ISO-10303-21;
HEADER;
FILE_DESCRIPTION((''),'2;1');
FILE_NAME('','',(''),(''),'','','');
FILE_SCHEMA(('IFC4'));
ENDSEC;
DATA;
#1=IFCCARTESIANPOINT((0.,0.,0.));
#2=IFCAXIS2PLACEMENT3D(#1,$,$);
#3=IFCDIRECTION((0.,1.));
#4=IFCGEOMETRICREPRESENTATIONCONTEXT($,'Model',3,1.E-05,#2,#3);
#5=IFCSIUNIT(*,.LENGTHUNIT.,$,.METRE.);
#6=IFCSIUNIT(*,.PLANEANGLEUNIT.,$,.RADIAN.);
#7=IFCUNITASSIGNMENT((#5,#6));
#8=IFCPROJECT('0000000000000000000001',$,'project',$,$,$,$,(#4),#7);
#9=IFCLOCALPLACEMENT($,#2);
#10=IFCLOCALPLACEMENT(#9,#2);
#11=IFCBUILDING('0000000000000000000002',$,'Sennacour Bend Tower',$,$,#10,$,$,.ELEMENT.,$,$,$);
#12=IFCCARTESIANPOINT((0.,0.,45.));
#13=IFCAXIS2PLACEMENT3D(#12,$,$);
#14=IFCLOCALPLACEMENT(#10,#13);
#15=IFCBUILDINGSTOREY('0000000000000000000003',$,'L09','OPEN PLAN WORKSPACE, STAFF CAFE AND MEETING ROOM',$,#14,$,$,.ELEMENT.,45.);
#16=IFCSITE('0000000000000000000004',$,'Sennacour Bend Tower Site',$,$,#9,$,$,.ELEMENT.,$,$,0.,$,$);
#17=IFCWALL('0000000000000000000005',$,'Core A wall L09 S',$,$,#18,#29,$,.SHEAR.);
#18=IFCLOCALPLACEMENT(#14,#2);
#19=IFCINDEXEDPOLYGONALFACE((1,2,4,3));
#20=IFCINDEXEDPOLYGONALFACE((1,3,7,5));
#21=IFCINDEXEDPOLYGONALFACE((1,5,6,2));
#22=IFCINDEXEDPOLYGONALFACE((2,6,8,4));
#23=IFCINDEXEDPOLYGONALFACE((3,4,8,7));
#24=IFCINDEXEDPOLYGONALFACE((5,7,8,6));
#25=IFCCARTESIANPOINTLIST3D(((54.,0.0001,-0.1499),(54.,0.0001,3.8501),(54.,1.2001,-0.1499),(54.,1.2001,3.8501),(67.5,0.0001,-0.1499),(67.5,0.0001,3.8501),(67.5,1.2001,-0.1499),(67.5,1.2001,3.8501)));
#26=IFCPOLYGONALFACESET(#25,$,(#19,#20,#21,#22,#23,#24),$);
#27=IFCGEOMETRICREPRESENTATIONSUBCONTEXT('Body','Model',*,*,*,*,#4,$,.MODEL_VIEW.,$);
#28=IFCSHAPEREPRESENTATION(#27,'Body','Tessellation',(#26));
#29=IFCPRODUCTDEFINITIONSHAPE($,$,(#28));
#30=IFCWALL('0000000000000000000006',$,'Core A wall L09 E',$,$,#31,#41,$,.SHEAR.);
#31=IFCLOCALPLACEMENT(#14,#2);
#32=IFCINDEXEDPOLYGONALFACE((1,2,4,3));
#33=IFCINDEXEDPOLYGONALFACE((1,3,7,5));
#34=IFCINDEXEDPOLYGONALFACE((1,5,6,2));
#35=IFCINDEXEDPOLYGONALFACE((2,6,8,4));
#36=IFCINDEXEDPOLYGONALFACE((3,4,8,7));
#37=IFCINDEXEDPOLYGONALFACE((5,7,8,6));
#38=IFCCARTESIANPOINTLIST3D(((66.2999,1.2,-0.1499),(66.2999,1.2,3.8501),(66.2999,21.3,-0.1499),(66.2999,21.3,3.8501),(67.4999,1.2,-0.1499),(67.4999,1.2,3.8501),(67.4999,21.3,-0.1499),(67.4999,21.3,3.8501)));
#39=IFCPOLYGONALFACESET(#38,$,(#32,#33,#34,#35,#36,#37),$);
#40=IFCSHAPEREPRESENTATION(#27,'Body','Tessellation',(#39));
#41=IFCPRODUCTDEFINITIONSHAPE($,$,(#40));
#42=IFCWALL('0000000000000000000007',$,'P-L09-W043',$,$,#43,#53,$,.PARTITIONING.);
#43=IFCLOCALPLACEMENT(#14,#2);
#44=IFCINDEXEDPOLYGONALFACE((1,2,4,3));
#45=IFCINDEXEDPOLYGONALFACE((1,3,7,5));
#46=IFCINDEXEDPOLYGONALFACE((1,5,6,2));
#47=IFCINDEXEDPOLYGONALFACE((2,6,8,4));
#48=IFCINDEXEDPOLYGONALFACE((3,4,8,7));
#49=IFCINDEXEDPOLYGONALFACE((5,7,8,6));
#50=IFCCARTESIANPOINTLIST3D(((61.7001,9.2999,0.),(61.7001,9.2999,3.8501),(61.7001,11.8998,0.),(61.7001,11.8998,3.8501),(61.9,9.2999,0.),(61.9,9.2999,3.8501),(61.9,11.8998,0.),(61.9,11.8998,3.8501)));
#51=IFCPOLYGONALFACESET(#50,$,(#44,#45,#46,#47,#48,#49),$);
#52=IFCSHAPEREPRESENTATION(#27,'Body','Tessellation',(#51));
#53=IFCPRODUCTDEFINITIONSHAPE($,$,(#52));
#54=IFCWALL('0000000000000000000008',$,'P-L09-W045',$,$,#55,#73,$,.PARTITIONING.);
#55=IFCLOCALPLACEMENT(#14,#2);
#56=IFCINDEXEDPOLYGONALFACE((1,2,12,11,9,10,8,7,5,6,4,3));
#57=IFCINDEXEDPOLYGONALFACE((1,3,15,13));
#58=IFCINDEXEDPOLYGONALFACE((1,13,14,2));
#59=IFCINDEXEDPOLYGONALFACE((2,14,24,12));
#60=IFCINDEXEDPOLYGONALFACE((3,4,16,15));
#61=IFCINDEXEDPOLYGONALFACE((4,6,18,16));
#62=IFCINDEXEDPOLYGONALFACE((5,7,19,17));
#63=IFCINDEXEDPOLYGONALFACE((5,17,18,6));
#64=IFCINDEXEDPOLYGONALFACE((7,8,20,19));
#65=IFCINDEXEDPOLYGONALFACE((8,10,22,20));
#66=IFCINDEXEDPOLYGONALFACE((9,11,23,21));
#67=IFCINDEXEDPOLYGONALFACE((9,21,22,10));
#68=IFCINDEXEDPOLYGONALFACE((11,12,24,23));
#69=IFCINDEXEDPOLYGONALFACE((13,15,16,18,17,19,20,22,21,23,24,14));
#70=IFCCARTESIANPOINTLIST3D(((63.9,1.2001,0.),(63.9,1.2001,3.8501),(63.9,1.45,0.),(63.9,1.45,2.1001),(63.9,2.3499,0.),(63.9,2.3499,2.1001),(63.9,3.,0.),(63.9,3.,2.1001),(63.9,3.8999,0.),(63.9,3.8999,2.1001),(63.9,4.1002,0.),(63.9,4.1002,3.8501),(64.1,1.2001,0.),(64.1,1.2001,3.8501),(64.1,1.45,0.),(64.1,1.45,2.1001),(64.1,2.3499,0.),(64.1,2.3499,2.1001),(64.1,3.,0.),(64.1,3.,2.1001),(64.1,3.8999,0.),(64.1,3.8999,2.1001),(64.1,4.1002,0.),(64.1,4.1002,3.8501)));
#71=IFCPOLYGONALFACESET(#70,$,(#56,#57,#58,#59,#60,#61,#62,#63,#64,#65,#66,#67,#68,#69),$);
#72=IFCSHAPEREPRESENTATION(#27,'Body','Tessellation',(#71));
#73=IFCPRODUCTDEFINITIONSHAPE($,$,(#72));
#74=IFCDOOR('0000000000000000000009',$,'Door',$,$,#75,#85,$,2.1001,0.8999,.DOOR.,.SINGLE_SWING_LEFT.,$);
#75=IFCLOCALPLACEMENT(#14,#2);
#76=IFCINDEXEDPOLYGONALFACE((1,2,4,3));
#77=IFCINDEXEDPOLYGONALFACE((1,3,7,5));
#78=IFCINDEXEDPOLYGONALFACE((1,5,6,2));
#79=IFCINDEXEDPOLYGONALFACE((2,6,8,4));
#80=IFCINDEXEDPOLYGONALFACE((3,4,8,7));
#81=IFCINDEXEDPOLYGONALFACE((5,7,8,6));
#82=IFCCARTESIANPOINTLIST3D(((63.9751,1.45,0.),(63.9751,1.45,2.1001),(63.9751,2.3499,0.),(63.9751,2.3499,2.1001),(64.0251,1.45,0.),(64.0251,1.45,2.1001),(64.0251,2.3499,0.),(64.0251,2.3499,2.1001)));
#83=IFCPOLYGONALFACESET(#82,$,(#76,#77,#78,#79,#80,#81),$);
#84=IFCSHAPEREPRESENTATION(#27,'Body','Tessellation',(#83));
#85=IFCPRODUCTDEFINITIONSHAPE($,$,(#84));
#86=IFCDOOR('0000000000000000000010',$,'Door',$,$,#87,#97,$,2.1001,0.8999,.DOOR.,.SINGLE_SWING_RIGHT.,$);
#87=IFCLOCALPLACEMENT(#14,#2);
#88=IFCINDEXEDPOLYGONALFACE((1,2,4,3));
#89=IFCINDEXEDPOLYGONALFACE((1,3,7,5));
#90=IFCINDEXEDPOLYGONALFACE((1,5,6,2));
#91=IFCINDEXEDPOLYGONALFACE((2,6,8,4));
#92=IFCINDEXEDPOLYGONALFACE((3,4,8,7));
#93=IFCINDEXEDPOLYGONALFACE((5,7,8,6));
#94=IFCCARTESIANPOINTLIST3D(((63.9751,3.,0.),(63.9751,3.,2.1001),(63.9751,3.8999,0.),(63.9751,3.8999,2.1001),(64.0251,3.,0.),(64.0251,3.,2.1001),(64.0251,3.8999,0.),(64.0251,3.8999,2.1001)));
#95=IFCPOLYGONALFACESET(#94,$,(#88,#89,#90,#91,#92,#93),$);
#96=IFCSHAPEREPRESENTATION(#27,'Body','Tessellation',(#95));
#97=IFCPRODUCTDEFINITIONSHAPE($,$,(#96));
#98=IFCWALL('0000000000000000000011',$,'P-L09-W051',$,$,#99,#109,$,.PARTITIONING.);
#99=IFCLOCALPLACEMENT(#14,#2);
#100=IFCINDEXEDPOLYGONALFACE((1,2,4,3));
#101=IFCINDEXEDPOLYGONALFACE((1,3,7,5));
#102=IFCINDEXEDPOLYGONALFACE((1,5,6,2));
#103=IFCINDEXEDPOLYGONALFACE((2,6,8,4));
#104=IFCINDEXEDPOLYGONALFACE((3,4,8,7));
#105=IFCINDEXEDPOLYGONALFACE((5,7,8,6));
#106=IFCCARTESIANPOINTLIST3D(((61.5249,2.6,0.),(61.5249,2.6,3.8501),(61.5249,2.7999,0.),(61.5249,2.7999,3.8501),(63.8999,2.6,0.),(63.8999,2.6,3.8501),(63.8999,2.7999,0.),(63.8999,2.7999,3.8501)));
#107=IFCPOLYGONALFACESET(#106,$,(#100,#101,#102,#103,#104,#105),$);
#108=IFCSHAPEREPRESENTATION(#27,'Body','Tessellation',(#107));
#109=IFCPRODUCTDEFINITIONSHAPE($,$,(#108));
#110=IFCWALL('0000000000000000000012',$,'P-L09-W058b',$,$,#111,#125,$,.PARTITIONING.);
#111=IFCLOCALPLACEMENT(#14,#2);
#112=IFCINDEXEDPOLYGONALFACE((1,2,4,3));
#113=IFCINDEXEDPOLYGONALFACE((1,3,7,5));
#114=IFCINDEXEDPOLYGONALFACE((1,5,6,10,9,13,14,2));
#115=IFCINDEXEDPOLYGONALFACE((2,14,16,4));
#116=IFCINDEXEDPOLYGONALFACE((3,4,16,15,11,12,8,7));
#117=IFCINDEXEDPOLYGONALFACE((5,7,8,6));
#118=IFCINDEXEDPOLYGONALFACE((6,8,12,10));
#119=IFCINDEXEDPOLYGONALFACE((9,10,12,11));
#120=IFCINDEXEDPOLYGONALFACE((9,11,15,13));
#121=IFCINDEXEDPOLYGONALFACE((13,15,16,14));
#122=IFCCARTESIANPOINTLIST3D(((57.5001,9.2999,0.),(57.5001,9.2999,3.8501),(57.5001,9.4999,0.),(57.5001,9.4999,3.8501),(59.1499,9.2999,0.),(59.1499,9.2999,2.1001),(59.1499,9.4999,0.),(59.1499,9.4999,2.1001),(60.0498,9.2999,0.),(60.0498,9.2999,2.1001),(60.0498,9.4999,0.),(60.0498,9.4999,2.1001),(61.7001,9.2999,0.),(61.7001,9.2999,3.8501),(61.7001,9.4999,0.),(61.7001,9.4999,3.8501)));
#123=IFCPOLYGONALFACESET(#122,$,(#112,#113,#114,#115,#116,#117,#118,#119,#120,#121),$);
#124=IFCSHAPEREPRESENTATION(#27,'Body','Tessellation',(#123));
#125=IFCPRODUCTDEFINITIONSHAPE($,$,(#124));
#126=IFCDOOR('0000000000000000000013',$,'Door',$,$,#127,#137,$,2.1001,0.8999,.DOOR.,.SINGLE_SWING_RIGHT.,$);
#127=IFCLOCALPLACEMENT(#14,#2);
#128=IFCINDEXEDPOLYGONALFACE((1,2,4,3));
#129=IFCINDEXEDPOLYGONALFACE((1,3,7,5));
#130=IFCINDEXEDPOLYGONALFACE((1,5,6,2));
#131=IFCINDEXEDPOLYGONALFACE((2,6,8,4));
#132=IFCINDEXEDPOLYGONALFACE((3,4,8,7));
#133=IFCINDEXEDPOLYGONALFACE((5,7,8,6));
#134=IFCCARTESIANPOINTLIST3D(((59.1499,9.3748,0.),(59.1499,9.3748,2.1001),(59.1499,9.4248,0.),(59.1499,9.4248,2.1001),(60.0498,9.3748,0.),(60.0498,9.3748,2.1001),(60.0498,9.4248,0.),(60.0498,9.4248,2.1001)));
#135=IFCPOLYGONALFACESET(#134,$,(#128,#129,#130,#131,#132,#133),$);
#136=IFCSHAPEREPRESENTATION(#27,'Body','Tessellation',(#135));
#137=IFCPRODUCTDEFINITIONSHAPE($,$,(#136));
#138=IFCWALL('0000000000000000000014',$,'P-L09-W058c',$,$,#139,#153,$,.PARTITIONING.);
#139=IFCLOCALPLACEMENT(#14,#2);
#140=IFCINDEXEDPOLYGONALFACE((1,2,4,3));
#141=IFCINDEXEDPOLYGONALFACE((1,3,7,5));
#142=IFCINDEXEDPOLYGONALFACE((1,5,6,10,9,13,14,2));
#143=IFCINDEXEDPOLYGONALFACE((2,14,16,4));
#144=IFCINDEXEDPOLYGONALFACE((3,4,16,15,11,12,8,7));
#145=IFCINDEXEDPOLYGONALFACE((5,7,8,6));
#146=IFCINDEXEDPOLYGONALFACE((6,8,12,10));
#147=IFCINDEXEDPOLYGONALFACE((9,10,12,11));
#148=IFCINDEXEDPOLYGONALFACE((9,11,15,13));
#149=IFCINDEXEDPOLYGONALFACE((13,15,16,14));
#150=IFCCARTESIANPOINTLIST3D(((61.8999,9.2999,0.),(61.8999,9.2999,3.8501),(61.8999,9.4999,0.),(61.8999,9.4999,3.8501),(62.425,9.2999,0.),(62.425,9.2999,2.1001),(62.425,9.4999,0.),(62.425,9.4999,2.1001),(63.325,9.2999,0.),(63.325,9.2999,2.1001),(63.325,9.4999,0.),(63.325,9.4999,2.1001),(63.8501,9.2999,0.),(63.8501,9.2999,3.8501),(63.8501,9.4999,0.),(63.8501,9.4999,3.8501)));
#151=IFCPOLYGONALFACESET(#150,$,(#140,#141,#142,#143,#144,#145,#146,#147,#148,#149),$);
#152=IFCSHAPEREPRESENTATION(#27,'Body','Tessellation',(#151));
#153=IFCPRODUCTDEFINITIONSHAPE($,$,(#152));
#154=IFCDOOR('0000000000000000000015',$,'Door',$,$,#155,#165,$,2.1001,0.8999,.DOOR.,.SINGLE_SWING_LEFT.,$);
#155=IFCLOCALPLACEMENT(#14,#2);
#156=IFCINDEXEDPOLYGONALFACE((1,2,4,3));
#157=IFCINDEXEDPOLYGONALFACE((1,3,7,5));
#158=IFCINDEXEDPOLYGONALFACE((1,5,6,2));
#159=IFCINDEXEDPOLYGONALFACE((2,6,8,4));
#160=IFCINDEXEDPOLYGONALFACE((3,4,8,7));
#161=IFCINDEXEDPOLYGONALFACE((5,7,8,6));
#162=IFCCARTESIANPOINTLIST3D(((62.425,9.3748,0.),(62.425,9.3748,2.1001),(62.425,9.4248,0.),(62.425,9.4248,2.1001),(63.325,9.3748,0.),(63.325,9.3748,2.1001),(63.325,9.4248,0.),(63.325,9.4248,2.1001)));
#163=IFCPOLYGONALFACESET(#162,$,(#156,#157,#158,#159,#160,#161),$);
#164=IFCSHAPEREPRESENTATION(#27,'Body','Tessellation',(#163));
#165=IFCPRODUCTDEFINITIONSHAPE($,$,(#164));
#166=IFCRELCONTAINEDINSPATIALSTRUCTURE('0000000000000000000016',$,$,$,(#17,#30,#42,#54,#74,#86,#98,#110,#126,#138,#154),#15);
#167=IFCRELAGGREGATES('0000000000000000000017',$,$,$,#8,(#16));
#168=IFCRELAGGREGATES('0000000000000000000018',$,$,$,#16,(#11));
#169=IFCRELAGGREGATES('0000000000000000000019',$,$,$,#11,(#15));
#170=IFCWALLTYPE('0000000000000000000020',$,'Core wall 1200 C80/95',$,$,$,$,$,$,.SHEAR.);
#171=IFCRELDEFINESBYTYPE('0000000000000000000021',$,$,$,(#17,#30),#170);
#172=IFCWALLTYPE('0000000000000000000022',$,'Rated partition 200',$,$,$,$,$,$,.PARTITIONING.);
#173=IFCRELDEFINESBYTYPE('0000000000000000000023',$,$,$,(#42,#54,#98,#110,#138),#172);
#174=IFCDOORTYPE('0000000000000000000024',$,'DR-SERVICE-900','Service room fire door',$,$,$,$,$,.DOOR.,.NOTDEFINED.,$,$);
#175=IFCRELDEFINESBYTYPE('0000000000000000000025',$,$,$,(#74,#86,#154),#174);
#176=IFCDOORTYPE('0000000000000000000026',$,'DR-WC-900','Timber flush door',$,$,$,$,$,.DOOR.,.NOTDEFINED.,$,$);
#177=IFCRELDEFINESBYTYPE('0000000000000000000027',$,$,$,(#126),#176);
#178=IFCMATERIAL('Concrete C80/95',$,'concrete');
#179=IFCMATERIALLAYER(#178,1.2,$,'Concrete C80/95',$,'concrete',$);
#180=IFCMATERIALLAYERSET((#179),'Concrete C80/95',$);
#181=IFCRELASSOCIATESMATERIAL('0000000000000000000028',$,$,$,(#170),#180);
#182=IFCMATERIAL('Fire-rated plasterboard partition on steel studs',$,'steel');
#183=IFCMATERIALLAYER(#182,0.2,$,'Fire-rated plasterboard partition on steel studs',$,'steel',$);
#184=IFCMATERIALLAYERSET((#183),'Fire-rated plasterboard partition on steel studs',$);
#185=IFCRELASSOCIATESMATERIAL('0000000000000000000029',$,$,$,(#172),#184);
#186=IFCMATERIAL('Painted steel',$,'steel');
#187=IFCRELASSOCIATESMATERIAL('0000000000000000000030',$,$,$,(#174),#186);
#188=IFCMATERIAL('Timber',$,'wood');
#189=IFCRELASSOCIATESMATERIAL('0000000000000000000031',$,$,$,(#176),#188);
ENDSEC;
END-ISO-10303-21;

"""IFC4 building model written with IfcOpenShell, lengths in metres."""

from ifc_helpers import new_model, si_unit, direction, frame, frame_2d, origin, place, context, subcontext, project, spatial, rectangle, extrude, material, layer, layer_set, type_object, element, fill, save


model = new_model("IFC4")

# Units and contexts
model_context = context("Model", 3, precision=1e-05, world=origin(), true_north=direction((0.0, 1.0)))
body_context = subcontext(model_context, "Body", "Model", "MODEL_VIEW")
ifc_project = project(units=[si_unit("LENGTHUNIT", "METRE"), si_unit("PLANEANGLEUNIT", "RADIAN")], contexts=[model_context])

# Site, building, storey
site_placement = place(None, origin())
site = spatial("IfcSite", under=ifc_project, at=site_placement, Name="Sennacour Bend Tower Site", CompositionType="ELEMENT", RefElevation=0.0)
building_placement = place(site_placement, origin())
building = spatial("IfcBuilding", under=site, at=building_placement, Name="Sennacour Bend Tower", CompositionType="ELEMENT")
storey_placement = place(building_placement, frame((0.0, 0.0, 45.0)))
storey = spatial("IfcBuildingStorey", under=building, at=storey_placement, Name="L09", Description="OPEN PLAN WORKSPACE, STAFF CAFE AND MEETING ROOM", CompositionType="ELEMENT", Elevation=45.0)

# Walls
ifc_material_1 = material(Name="Concrete C80/95", Category="concrete")
ifc_layer_1 = layer(ifc_material_1, 1.2, Name="Concrete C80/95", Category="concrete")
ifc_layer_set_1 = layer_set([ifc_layer_1], Name="Concrete C80/95")
wall_type_1 = type_object("IfcWallType", Name="Core wall 1200 C80/95", PredefinedType="SHEAR", material=ifc_layer_set_1)
wall_1_placement = place(storey_placement, frame((67.5, 0.6001, -0.1499), z_axis=(0.0, 0.0, 1.0), x_axis=(-1.0, 0.0, 0.0)))
element("IfcWall", 1, at=wall_1_placement, inside=storey, type_object=wall_type_1, Name="Core A wall L09 S", PredefinedType="SHEAR", context=body_context, shape_type="SweptSolid", body=[
    extrude(rectangle(XDim=13.5, YDim=1.2, at=frame_2d((6.75, 0.0))), origin(), (0.0, 0.0, 1.0), 4.0),
])
wall_2_placement = place(storey_placement, frame((66.8999, 1.2, -0.1499), z_axis=(0.0, 0.0, 1.0), x_axis=(0.0, 1.0, 0.0)))
element("IfcWall", 2, at=wall_2_placement, inside=storey, type_object=wall_type_1, Name="Core A wall L09 E", PredefinedType="SHEAR", context=body_context, shape_type="SweptSolid", body=[
    extrude(rectangle(XDim=20.1001, YDim=1.2, at=frame_2d((10.05, 0.0))), origin(), (0.0, 0.0, 1.0), 4.0),
])
ifc_material_2 = material(Name="Fire-rated plasterboard partition on steel studs", Category="steel")
ifc_layer_2 = layer(ifc_material_2, 0.2, Name="Fire-rated plasterboard partition on steel studs", Category="steel")
ifc_layer_set_2 = layer_set([ifc_layer_2], Name="Fire-rated plasterboard partition on steel studs")
wall_type_2 = type_object("IfcWallType", Name="Rated partition 200", PredefinedType="PARTITIONING", material=ifc_layer_set_2)
wall_3_placement = place(storey_placement, frame((61.8, 9.3, 0.0), z_axis=(0.0, 0.0, 1.0), x_axis=(0.0, 1.0, 0.0)))
element("IfcWall", 3, at=wall_3_placement, inside=storey, type_object=wall_type_2, Name="P-L09-W043", PredefinedType="PARTITIONING", context=body_context, shape_type="SweptSolid", body=[
    extrude(rectangle(XDim=2.5999, YDim=0.2, at=frame_2d((1.2998, 0.0))), origin(), (0.0, 0.0, 1.0), 3.8501),
])

# Wall, openings, doors
wall_4_placement = place(storey_placement, frame((64.0, 1.2, 0.0), z_axis=(0.0, 0.0, 1.0), x_axis=(0.0, 1.0, 0.0)))
wall_4 = element("IfcWall", 4, at=wall_4_placement, inside=storey, type_object=wall_type_2, Name="P-L09-W045", PredefinedType="PARTITIONING", context=body_context, shape_type="SweptSolid", body=[
    extrude(rectangle(XDim=2.9001, YDim=0.2, at=frame_2d((1.4502, 0.0))), origin(), (0.0, 0.0, 1.0), 3.8501),
])
opening_1_placement = place(wall_4_placement, frame((0.25, 0.0, 0.0)))
opening_1 = element("IfcOpeningElement", 5, at=opening_1_placement, cuts=wall_4, PredefinedType="OPENING", context=body_context, shape_type="SweptSolid", body=[
    extrude(rectangle(XDim=0.8999, YDim=2.1001, at=frame_2d((0.45, 1.05))), frame((0.0, 0.1099, 0.0), z_axis=(0.0, -1.0, 0.0), x_axis=(1.0, 0.0, 0.0)), (0.0, 0.0, 1.0), 0.22),
])
opening_2_placement = place(wall_4_placement, frame((1.8, 0.0, 0.0)))
opening_2 = element("IfcOpeningElement", 6, at=opening_2_placement, cuts=wall_4, PredefinedType="OPENING", context=body_context, shape_type="SweptSolid", body=[
    extrude(rectangle(XDim=0.8999, YDim=2.1001, at=frame_2d((0.45, 1.05))), frame((0.0, 0.1099, 0.0), z_axis=(0.0, -1.0, 0.0), x_axis=(1.0, 0.0, 0.0)), (0.0, 0.0, 1.0), 0.22),
])
ifc_material_3 = material(Name="Painted steel", Category="steel")
door_type_1 = type_object("IfcDoorType", Name="DR-SERVICE-900", Description="Service room fire door", OperationType="NOTDEFINED", PredefinedType="DOOR", material=ifc_material_3)
door_1_placement = place(opening_1_placement, origin())
door_1 = element("IfcDoor", 7, at=door_1_placement, inside=storey, type_object=door_type_1, Name="Door", OperationType="SINGLE_SWING_LEFT", OverallHeight=2.1001, OverallWidth=0.8999, PredefinedType="DOOR", context=body_context, shape_type="SweptSolid", body=[
    extrude(rectangle(XDim=0.8999, YDim=2.1001, at=frame_2d((0.45, 1.05))), frame((0.0, 0.0249, 0.0), z_axis=(0.0, -1.0, 0.0), x_axis=(1.0, 0.0, 0.0)), (0.0, 0.0, 1.0), 0.05),
])
fill(opening_1, door_1)
door_2_placement = place(opening_2_placement, origin())
door_2 = element("IfcDoor", 8, at=door_2_placement, inside=storey, type_object=door_type_1, Name="Door", OperationType="SINGLE_SWING_RIGHT", OverallHeight=2.1001, OverallWidth=0.8999, PredefinedType="DOOR", context=body_context, shape_type="SweptSolid", body=[
    extrude(rectangle(XDim=0.8999, YDim=2.1001, at=frame_2d((0.45, 1.05))), frame((0.0, 0.0249, 0.0), z_axis=(0.0, -1.0, 0.0), x_axis=(1.0, 0.0, 0.0)), (0.0, 0.0, 1.0), 0.05),
])
fill(opening_2, door_2)

# Wall
wall_5_placement = place(storey_placement, frame((61.5249, 2.7, 0.0), z_axis=(0.0, 0.0, 1.0), x_axis=(1.0, 0.0, 0.0)))
element("IfcWall", 9, at=wall_5_placement, inside=storey, type_object=wall_type_2, Name="P-L09-W051", PredefinedType="PARTITIONING", context=body_context, shape_type="SweptSolid", body=[
    extrude(rectangle(XDim=2.375, YDim=0.2, at=frame_2d((1.1875, 0.0))), origin(), (0.0, 0.0, 1.0), 3.8501),
])

# Walls, openings, doors
wall_6_placement = place(storey_placement, frame((57.5, 9.3999, 0.0), z_axis=(0.0, 0.0, 1.0), x_axis=(1.0, 0.0, 0.0)))
wall_6 = element("IfcWall", 10, at=wall_6_placement, inside=storey, type_object=wall_type_2, Name="P-L09-W058b", PredefinedType="PARTITIONING", context=body_context, shape_type="SweptSolid", body=[
    extrude(rectangle(XDim=4.2, YDim=0.2, at=frame_2d((2.1001, 0.0))), origin(), (0.0, 0.0, 1.0), 3.8501),
])
opening_3_placement = place(wall_6_placement, frame((1.6499, 0.0, 0.0)))
opening_3 = element("IfcOpeningElement", 11, at=opening_3_placement, cuts=wall_6, PredefinedType="OPENING", context=body_context, shape_type="SweptSolid", body=[
    extrude(rectangle(XDim=0.8999, YDim=2.1001, at=frame_2d((0.45, 1.05))), frame((0.0, 0.1099, 0.0), z_axis=(0.0, -1.0, 0.0), x_axis=(1.0, 0.0, 0.0)), (0.0, 0.0, 1.0), 0.22),
])
ifc_material_4 = material(Name="Timber", Category="wood")
door_type_2 = type_object("IfcDoorType", Name="DR-WC-900", Description="Timber flush door", OperationType="NOTDEFINED", PredefinedType="DOOR", material=ifc_material_4)
door_3_placement = place(opening_3_placement, origin())
door_3 = element("IfcDoor", 12, at=door_3_placement, inside=storey, type_object=door_type_2, Name="Door", OperationType="SINGLE_SWING_RIGHT", OverallHeight=2.1001, OverallWidth=0.8999, PredefinedType="DOOR", context=body_context, shape_type="SweptSolid", body=[
    extrude(rectangle(XDim=0.8999, YDim=2.1001, at=frame_2d((0.45, 1.05))), frame((0.0, 0.0249, 0.0), z_axis=(0.0, -1.0, 0.0), x_axis=(1.0, 0.0, 0.0)), (0.0, 0.0, 1.0), 0.05),
])
fill(opening_3, door_3)
wall_7_placement = place(storey_placement, frame((61.8999, 9.3999, 0.0), z_axis=(0.0, 0.0, 1.0), x_axis=(1.0, 0.0, 0.0)))
wall_7 = element("IfcWall", 13, at=wall_7_placement, inside=storey, type_object=wall_type_2, Name="P-L09-W058c", PredefinedType="PARTITIONING", context=body_context, shape_type="SweptSolid", body=[
    extrude(rectangle(XDim=1.9502, YDim=0.2, at=frame_2d((0.9751, 0.0))), origin(), (0.0, 0.0, 1.0), 3.8501),
])
opening_4_placement = place(wall_7_placement, frame((0.5251, 0.0, 0.0)))
opening_4 = element("IfcOpeningElement", 14, at=opening_4_placement, cuts=wall_7, PredefinedType="OPENING", context=body_context, shape_type="SweptSolid", body=[
    extrude(rectangle(XDim=0.8999, YDim=2.1001, at=frame_2d((0.45, 1.05))), frame((0.0, 0.1099, 0.0), z_axis=(0.0, -1.0, 0.0), x_axis=(1.0, 0.0, 0.0)), (0.0, 0.0, 1.0), 0.22),
])
door_4_placement = place(opening_4_placement, origin())
door_4 = element("IfcDoor", 15, at=door_4_placement, inside=storey, type_object=door_type_1, Name="Door", OperationType="SINGLE_SWING_LEFT", OverallHeight=2.1001, OverallWidth=0.8999, PredefinedType="DOOR", context=body_context, shape_type="SweptSolid", body=[
    extrude(rectangle(XDim=0.8999, YDim=2.1001, at=frame_2d((0.45, 1.05))), frame((0.0, 0.0249, 0.0), z_axis=(0.0, -1.0, 0.0), x_axis=(1.0, 0.0, 0.0)), (0.0, 0.0, 1.0), 0.05),
])
fill(opening_4, door_4)

save(model, "model.ifc")
